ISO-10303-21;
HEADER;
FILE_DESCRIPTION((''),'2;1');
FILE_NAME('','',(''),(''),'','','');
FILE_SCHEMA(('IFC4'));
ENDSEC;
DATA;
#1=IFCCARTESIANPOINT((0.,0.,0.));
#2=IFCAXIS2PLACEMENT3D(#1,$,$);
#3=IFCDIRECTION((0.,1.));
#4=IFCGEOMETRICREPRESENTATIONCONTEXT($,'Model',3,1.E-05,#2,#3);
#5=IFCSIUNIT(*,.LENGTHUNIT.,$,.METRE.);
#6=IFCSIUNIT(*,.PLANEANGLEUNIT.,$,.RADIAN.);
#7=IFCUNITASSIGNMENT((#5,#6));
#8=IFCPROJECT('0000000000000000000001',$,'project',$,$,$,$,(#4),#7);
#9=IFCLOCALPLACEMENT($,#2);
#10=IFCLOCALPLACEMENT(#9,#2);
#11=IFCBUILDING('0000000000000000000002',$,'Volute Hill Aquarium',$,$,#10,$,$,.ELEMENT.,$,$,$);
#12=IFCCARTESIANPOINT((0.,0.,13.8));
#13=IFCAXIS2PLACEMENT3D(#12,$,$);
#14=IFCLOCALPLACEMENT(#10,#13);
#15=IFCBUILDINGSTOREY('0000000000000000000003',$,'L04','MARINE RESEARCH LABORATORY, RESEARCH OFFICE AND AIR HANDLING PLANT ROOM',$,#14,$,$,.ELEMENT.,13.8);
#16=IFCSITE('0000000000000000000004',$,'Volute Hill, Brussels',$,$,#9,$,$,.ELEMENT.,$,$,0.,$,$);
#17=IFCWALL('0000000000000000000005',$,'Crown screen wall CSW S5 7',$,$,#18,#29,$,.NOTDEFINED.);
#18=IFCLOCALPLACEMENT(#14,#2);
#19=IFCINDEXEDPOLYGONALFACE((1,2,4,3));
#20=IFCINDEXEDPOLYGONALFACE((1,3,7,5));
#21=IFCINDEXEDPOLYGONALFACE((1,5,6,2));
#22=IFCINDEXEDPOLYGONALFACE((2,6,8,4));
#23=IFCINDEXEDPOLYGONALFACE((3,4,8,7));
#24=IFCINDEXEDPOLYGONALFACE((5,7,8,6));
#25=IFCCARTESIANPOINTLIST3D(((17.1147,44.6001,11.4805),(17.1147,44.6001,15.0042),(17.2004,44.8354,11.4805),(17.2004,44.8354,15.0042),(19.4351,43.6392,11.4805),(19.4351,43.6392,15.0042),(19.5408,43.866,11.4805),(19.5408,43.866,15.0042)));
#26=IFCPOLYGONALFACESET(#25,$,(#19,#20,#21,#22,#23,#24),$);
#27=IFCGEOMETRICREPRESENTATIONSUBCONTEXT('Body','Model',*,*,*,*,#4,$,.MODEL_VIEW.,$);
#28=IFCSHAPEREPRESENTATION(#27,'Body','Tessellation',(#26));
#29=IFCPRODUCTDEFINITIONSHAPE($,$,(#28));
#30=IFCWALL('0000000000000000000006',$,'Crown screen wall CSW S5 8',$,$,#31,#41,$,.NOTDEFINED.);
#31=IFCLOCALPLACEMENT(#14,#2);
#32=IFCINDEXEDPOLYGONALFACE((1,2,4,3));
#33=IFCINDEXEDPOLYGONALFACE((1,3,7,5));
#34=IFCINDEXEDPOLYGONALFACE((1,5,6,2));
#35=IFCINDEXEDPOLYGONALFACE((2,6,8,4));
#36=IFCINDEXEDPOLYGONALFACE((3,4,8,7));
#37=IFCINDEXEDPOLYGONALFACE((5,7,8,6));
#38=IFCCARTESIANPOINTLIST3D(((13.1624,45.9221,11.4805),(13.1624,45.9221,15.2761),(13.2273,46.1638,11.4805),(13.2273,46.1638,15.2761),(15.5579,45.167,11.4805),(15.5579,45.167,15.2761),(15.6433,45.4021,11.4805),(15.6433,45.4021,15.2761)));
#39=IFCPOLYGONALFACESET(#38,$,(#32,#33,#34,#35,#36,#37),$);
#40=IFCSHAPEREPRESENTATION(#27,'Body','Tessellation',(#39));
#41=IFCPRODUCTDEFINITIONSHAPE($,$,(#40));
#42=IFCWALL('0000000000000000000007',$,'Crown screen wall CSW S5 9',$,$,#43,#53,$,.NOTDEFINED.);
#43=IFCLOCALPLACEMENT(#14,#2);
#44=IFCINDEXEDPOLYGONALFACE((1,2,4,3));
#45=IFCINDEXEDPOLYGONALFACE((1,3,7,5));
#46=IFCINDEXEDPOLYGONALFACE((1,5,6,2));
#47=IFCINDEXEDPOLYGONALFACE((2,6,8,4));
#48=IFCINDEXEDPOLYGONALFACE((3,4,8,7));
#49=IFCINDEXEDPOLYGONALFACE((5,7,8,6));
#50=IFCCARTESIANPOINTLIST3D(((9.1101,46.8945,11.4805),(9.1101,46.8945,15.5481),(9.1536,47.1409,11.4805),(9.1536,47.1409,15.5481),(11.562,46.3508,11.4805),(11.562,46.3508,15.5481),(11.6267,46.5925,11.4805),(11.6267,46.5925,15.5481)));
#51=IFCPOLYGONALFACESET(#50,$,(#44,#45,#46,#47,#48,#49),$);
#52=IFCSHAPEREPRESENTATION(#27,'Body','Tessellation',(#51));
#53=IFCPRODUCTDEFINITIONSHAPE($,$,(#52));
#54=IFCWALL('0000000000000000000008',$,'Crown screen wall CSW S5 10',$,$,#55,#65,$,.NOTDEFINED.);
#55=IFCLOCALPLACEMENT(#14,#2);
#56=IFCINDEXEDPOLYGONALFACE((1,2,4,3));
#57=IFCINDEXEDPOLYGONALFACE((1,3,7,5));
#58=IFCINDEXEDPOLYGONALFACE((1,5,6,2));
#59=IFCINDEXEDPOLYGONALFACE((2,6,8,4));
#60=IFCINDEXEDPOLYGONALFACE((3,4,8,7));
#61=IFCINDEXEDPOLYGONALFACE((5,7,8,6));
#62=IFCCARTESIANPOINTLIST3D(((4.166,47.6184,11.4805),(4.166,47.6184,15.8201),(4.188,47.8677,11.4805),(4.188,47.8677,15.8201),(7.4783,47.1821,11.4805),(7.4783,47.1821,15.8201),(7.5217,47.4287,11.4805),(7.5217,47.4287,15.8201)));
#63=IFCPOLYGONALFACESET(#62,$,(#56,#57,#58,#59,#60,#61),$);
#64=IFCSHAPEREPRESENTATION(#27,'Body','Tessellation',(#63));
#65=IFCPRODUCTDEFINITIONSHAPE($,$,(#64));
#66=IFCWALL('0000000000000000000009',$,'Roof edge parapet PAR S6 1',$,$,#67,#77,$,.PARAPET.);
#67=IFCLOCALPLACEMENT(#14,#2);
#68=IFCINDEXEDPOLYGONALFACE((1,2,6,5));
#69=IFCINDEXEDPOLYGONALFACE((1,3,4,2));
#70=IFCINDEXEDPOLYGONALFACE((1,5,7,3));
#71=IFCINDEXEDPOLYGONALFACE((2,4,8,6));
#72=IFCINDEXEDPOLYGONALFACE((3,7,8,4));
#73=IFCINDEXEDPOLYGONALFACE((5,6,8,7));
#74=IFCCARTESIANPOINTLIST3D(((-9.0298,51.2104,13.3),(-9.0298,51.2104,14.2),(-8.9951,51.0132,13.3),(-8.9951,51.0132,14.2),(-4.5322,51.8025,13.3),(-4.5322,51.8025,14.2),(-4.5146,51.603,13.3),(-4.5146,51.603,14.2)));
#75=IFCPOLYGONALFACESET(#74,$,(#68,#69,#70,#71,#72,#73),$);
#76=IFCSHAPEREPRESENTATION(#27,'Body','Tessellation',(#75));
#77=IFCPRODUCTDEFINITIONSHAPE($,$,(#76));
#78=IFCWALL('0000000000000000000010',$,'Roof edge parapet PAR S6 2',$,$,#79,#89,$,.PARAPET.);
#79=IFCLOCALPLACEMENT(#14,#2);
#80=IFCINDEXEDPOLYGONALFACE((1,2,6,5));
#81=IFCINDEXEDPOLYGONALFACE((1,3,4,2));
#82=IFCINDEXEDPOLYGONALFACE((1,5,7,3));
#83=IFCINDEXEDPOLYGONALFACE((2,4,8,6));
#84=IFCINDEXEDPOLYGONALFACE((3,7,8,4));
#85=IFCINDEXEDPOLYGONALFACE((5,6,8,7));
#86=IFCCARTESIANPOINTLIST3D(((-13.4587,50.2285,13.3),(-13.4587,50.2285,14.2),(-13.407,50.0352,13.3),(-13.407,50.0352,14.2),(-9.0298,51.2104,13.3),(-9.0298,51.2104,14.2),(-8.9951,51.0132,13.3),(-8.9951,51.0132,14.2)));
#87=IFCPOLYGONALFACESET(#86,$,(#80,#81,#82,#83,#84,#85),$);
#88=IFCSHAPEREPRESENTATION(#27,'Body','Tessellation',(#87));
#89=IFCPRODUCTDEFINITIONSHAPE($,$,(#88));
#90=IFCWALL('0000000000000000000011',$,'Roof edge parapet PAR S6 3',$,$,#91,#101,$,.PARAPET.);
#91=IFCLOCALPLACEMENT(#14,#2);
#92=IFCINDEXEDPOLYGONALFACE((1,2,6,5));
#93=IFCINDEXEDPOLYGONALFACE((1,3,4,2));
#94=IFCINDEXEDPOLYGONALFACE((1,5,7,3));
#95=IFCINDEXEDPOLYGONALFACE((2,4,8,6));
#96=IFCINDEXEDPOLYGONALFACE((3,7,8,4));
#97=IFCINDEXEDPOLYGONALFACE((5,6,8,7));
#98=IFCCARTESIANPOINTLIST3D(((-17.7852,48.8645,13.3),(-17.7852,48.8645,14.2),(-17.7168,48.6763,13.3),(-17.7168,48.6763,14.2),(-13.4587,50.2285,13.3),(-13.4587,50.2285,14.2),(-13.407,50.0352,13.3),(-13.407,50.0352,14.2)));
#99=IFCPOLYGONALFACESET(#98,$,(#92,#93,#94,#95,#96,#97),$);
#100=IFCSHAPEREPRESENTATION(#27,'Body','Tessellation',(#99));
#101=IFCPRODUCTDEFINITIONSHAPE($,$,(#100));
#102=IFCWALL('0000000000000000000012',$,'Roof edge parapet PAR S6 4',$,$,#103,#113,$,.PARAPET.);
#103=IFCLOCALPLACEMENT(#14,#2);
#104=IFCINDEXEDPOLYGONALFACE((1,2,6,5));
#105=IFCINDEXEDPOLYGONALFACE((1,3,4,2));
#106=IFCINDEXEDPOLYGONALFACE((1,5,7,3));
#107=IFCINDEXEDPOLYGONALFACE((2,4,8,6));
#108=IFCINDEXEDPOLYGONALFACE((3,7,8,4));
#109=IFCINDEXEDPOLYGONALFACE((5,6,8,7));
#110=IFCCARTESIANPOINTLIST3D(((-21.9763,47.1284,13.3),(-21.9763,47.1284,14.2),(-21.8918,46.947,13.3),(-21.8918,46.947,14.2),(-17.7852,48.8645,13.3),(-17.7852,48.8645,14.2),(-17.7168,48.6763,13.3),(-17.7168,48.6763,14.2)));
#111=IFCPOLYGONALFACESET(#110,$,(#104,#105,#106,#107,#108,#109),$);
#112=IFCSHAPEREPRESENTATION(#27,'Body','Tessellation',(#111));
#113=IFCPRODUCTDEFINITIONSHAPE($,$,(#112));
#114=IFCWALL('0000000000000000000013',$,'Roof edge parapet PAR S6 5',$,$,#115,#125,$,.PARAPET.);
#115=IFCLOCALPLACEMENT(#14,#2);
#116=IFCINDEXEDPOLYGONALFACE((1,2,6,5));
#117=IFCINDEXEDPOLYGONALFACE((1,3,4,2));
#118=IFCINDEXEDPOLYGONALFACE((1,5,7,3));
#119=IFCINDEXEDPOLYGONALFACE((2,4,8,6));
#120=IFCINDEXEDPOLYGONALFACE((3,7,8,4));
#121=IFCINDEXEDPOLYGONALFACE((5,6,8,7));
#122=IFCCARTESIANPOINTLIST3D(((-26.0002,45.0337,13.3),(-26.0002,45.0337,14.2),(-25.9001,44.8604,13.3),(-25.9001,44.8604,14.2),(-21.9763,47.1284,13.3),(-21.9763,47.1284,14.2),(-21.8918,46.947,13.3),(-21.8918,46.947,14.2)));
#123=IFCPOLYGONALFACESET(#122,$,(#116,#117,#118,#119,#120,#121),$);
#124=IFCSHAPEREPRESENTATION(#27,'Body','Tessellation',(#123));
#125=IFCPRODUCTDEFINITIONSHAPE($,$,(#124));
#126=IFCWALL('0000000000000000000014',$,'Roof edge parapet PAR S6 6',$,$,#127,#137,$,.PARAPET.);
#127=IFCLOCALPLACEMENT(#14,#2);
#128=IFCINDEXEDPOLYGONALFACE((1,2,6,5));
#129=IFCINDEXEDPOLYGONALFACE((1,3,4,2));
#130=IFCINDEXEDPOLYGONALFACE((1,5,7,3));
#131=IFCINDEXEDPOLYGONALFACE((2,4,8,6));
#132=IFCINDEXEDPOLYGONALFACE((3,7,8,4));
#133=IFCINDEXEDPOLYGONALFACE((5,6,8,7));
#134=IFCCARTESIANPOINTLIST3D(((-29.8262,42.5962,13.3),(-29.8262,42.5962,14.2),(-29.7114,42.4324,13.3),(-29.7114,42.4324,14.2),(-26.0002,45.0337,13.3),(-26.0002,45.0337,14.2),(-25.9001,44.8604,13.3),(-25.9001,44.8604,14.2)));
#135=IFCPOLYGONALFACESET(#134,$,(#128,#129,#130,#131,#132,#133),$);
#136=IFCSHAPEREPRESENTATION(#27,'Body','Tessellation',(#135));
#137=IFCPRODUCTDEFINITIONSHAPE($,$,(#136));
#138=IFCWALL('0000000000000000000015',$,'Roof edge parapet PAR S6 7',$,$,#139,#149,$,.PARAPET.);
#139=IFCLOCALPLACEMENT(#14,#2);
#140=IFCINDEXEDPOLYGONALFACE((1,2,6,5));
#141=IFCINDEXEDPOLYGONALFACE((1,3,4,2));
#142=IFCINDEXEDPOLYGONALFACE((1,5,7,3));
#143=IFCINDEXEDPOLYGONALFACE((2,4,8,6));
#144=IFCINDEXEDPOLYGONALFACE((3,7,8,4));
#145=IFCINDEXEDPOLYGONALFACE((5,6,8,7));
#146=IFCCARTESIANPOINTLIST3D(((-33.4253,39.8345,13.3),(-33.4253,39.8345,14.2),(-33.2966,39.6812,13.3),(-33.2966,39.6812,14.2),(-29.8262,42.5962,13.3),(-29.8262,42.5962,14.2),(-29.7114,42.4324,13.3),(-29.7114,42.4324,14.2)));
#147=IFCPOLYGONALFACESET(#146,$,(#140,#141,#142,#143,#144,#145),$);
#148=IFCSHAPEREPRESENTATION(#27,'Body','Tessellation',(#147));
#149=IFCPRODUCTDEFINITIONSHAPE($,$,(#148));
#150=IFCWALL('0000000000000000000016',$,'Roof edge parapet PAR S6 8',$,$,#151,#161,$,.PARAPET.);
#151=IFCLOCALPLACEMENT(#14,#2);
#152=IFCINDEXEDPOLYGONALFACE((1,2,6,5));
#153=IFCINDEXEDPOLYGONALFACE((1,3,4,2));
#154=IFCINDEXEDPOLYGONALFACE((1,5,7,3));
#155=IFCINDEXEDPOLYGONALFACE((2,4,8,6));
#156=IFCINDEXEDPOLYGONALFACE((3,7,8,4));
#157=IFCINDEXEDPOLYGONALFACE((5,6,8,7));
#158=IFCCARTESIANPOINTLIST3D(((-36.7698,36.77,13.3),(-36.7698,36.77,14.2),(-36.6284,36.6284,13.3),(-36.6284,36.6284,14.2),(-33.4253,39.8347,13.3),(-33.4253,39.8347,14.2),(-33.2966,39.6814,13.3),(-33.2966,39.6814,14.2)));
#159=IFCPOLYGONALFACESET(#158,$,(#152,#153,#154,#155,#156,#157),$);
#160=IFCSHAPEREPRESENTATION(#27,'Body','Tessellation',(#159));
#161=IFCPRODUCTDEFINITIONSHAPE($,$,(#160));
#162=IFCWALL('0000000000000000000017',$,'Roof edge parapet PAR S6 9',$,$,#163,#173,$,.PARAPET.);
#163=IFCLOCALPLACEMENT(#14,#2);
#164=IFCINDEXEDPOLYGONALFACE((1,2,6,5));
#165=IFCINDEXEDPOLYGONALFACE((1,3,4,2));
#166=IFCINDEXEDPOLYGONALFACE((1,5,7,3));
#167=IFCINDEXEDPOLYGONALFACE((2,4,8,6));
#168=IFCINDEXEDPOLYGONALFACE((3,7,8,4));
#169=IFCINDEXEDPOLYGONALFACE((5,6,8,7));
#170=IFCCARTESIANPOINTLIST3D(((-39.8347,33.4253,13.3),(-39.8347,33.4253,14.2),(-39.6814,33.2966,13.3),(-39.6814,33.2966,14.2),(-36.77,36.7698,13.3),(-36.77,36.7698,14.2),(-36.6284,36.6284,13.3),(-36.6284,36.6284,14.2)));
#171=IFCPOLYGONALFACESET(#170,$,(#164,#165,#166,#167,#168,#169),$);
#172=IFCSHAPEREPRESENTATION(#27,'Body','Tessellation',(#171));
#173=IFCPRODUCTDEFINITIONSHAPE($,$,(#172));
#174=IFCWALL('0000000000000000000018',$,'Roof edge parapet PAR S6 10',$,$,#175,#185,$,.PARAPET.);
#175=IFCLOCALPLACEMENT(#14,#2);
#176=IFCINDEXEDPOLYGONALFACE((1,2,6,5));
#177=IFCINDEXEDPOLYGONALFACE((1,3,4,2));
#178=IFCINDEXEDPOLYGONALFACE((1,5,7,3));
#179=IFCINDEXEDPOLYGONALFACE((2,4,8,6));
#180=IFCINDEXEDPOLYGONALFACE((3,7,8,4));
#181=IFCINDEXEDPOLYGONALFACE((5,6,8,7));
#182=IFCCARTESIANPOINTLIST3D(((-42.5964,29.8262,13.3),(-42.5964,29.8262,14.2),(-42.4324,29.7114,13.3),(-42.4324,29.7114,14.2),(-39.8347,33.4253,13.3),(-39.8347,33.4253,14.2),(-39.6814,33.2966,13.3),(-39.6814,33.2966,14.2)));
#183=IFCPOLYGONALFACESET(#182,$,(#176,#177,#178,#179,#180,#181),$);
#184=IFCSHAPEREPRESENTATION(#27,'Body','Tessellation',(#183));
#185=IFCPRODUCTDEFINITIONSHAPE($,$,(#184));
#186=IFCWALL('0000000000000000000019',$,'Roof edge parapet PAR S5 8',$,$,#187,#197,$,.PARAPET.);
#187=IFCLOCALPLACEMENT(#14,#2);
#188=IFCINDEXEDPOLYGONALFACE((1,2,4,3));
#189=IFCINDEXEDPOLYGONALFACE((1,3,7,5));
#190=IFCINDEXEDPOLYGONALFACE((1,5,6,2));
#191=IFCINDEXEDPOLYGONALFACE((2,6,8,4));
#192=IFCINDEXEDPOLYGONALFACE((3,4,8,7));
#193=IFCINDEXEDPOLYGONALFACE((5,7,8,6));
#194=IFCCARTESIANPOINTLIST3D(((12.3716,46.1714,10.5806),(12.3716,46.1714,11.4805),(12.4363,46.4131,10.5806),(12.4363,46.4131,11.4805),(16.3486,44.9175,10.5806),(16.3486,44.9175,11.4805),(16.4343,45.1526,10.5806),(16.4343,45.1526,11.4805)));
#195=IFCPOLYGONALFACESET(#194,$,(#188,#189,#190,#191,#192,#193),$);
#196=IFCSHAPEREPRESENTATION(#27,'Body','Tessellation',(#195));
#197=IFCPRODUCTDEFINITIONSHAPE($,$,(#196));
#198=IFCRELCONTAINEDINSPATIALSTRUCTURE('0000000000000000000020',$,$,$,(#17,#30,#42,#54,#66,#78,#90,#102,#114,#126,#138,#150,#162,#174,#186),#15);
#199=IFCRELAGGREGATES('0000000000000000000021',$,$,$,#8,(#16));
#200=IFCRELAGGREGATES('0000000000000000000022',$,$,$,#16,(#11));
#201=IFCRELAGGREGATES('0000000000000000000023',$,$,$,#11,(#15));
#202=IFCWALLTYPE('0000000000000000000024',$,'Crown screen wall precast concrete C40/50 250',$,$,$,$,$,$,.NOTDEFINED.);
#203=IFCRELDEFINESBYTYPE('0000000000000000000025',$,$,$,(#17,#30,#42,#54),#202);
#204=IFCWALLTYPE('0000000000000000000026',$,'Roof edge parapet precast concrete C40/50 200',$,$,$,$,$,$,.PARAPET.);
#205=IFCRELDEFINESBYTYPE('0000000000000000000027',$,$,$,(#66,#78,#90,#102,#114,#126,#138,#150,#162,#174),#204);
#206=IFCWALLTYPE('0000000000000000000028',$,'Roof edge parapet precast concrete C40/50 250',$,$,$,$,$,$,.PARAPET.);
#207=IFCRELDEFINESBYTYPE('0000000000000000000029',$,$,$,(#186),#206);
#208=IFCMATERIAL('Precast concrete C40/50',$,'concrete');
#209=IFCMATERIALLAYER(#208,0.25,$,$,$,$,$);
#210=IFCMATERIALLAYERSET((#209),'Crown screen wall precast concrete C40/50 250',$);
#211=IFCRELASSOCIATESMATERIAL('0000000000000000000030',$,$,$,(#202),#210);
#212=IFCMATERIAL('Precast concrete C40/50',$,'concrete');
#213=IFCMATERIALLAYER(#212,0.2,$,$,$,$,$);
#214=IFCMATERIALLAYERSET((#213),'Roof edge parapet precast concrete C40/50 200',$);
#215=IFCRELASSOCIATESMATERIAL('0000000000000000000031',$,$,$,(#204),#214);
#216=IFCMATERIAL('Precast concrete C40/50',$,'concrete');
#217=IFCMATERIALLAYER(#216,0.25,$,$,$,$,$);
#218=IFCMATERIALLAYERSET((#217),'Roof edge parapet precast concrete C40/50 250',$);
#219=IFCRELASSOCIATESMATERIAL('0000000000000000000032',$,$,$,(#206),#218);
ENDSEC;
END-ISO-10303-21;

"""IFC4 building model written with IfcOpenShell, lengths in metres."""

from ifc_helpers import new_model, si_unit, direction, frame, origin, place, context, subcontext, project, spatial, polyline, outline, extrude, material, layer, layer_set, type_object, element, save


model = new_model("IFC4")

# Units and contexts
model_context = context("Model", 3, precision=1e-05, world=origin(), true_north=direction((0.0, 1.0)))
body_context = subcontext(model_context, "Body", "Model", "MODEL_VIEW")
ifc_project = project(units=[si_unit("LENGTHUNIT", "METRE"), si_unit("PLANEANGLEUNIT", "RADIAN")], contexts=[model_context])

# Site, building, storey
site_placement = place(None, origin())
site = spatial("IfcSite", under=ifc_project, at=site_placement, Name="Volute Hill, Brussels", CompositionType="ELEMENT", RefElevation=0.0)
building_placement = place(site_placement, origin())
building = spatial("IfcBuilding", under=site, at=building_placement, Name="Volute Hill Aquarium", CompositionType="ELEMENT")
storey_placement = place(building_placement, frame((0.0, 0.0, 13.8)))
storey = spatial("IfcBuildingStorey", under=building, at=storey_placement, Name="L04", Description="MARINE RESEARCH LABORATORY, RESEARCH OFFICE AND AIR HANDLING PLANT ROOM", CompositionType="ELEMENT", Elevation=13.8)

# Walls
ifc_material_1 = material(Name="Precast concrete C40/50", Category="concrete")
ifc_layer_1 = layer(ifc_material_1, 0.25)
ifc_layer_set_1 = layer_set([ifc_layer_1], Name="Crown screen wall precast concrete C40/50 250")
wall_type_1 = type_object("IfcWallType", Name="Crown screen wall precast concrete C40/50 250", PredefinedType="NOTDEFINED", material=ifc_layer_set_1)
wall_1_placement = place(storey_placement, frame((0.0, 0.0, 11.4805)))
element("IfcWall", 1, at=wall_1_placement, inside=storey, type_object=wall_type_1, Name="Crown screen wall CSW S5 7", PredefinedType="NOTDEFINED", context=body_context, shape_type="SweptSolid", body=[
    extrude(outline(polyline([(19.5408, 43.866), (17.2004, 44.8354), (17.1147, 44.6001), (19.4351, 43.6392), (19.5408, 43.866)])), origin(), (0.0, 0.0, 1.0), 3.5237),
])
wall_2_placement = place(storey_placement, frame((0.0, 0.0, 11.4805)))
element("IfcWall", 2, at=wall_2_placement, inside=storey, type_object=wall_type_1, Name="Crown screen wall CSW S5 8", PredefinedType="NOTDEFINED", context=body_context, shape_type="SweptSolid", body=[
    extrude(outline(polyline([(15.6433, 45.4021), (13.2273, 46.1638), (13.1624, 45.9221), (15.5579, 45.167), (15.6433, 45.4021)])), origin(), (0.0, 0.0, 1.0), 3.7957),
])
wall_3_placement = place(storey_placement, frame((0.0, 0.0, 11.4805)))
element("IfcWall", 3, at=wall_3_placement, inside=storey, type_object=wall_type_1, Name="Crown screen wall CSW S5 9", PredefinedType="NOTDEFINED", context=body_context, shape_type="SweptSolid", body=[
    extrude(outline(polyline([(11.6267, 46.5925), (9.1536, 47.1409), (9.1101, 46.8945), (11.562, 46.3508), (11.6267, 46.5925)])), origin(), (0.0, 0.0, 1.0), 4.0676),
])
wall_4_placement = place(storey_placement, frame((0.0, 0.0, 11.4805)))
element("IfcWall", 4, at=wall_4_placement, inside=storey, type_object=wall_type_1, Name="Crown screen wall CSW S5 10", PredefinedType="NOTDEFINED", context=body_context, shape_type="SweptSolid", body=[
    extrude(outline(polyline([(7.5217, 47.4287), (4.188, 47.8677), (4.166, 47.6184), (7.4783, 47.1821), (7.5217, 47.4287)])), origin(), (0.0, 0.0, 1.0), 4.3396),
])
ifc_material_2 = material(Name="Precast concrete C40/50", Category="concrete")
ifc_layer_2 = layer(ifc_material_2, 0.2)
ifc_layer_set_2 = layer_set([ifc_layer_2], Name="Roof edge parapet precast concrete C40/50 200")
wall_type_2 = type_object("IfcWallType", Name="Roof edge parapet precast concrete C40/50 200", PredefinedType="PARAPET", material=ifc_layer_set_2)
wall_5_placement = place(storey_placement, frame((0.0, 0.0, 13.3)))
element("IfcWall", 5, at=wall_5_placement, inside=storey, type_object=wall_type_2, Name="Roof edge parapet PAR S6 1", PredefinedType="PARAPET", context=body_context, shape_type="SweptSolid", body=[
    extrude(outline(polyline([(-9.0298, 51.2104), (-8.9951, 51.0132), (-4.5146, 51.603), (-4.5322, 51.8025), (-9.0298, 51.2104)])), origin(), (0.0, 0.0, 1.0), 0.8999),
])
wall_6_placement = place(storey_placement, frame((0.0, 0.0, 13.3)))
element("IfcWall", 6, at=wall_6_placement, inside=storey, type_object=wall_type_2, Name="Roof edge parapet PAR S6 2", PredefinedType="PARAPET", context=body_context, shape_type="SweptSolid", body=[
    extrude(outline(polyline([(-8.9951, 51.0132), (-9.0298, 51.2104), (-13.4587, 50.2285), (-13.407, 50.0352), (-8.9951, 51.0132)])), origin(), (0.0, 0.0, 1.0), 0.8999),
])
wall_7_placement = place(storey_placement, frame((0.0, 0.0, 13.3)))
element("IfcWall", 7, at=wall_7_placement, inside=storey, type_object=wall_type_2, Name="Roof edge parapet PAR S6 3", PredefinedType="PARAPET", context=body_context, shape_type="SweptSolid", body=[
    extrude(outline(polyline([(-13.407, 50.0352), (-13.4587, 50.2285), (-17.7852, 48.8645), (-17.7168, 48.6763), (-13.407, 50.0352)])), origin(), (0.0, 0.0, 1.0), 0.8999),
])
wall_8_placement = place(storey_placement, frame((0.0, 0.0, 13.3)))
element("IfcWall", 8, at=wall_8_placement, inside=storey, type_object=wall_type_2, Name="Roof edge parapet PAR S6 4", PredefinedType="PARAPET", context=body_context, shape_type="SweptSolid", body=[
    extrude(outline(polyline([(-17.7168, 48.6763), (-17.7852, 48.8645), (-21.9763, 47.1284), (-21.8918, 46.947), (-17.7168, 48.6763)])), origin(), (0.0, 0.0, 1.0), 0.8999),
])
wall_9_placement = place(storey_placement, frame((0.0, 0.0, 13.3)))
element("IfcWall", 9, at=wall_9_placement, inside=storey, type_object=wall_type_2, Name="Roof edge parapet PAR S6 5", PredefinedType="PARAPET", context=body_context, shape_type="SweptSolid", body=[
    extrude(outline(polyline([(-21.8918, 46.947), (-21.9763, 47.1284), (-26.0002, 45.0337), (-25.9001, 44.8604), (-21.8918, 46.947)])), origin(), (0.0, 0.0, 1.0), 0.8999),
])
wall_10_placement = place(storey_placement, frame((0.0, 0.0, 13.3)))
element("IfcWall", 10, at=wall_10_placement, inside=storey, type_object=wall_type_2, Name="Roof edge parapet PAR S6 6", PredefinedType="PARAPET", context=body_context, shape_type="SweptSolid", body=[
    extrude(outline(polyline([(-25.9001, 44.8604), (-26.0002, 45.0337), (-29.8262, 42.5962), (-29.7114, 42.4324), (-25.9001, 44.8604)])), origin(), (0.0, 0.0, 1.0), 0.8999),
])
wall_11_placement = place(storey_placement, frame((0.0, 0.0, 13.3)))
element("IfcWall", 11, at=wall_11_placement, inside=storey, type_object=wall_type_2, Name="Roof edge parapet PAR S6 7", PredefinedType="PARAPET", context=body_context, shape_type="SweptSolid", body=[
    extrude(outline(polyline([(-29.7114, 42.4324), (-29.8262, 42.5962), (-33.4253, 39.8345), (-33.2966, 39.6812), (-29.7114, 42.4324)])), origin(), (0.0, 0.0, 1.0), 0.8999),
])
wall_12_placement = place(storey_placement, frame((0.0, 0.0, 13.3)))
element("IfcWall", 12, at=wall_12_placement, inside=storey, type_object=wall_type_2, Name="Roof edge parapet PAR S6 8", PredefinedType="PARAPET", context=body_context, shape_type="SweptSolid", body=[
    extrude(outline(polyline([(-33.2966, 39.6814), (-33.4253, 39.8347), (-36.7698, 36.77), (-36.6284, 36.6284), (-33.2966, 39.6814)])), origin(), (0.0, 0.0, 1.0), 0.8999),
])
wall_13_placement = place(storey_placement, frame((0.0, 0.0, 13.3)))
element("IfcWall", 13, at=wall_13_placement, inside=storey, type_object=wall_type_2, Name="Roof edge parapet PAR S6 9", PredefinedType="PARAPET", context=body_context, shape_type="SweptSolid", body=[
    extrude(outline(polyline([(-36.6284, 36.6284), (-36.77, 36.7698), (-39.8347, 33.4253), (-39.6814, 33.2966), (-36.6284, 36.6284)])), origin(), (0.0, 0.0, 1.0), 0.8999),
])
wall_14_placement = place(storey_placement, frame((0.0, 0.0, 13.3)))
element("IfcWall", 14, at=wall_14_placement, inside=storey, type_object=wall_type_2, Name="Roof edge parapet PAR S6 10", PredefinedType="PARAPET", context=body_context, shape_type="SweptSolid", body=[
    extrude(outline(polyline([(-42.5964, 29.8262), (-42.4324, 29.7114), (-39.6814, 33.2966), (-39.8347, 33.4253), (-42.5964, 29.8262)])), origin(), (0.0, 0.0, 1.0), 0.8999),
])
ifc_material_3 = material(Name="Precast concrete C40/50", Category="concrete")
ifc_layer_3 = layer(ifc_material_3, 0.25)
ifc_layer_set_3 = layer_set([ifc_layer_3], Name="Roof edge parapet precast concrete C40/50 250")
wall_type_3 = type_object("IfcWallType", Name="Roof edge parapet precast concrete C40/50 250", PredefinedType="PARAPET", material=ifc_layer_set_3)
wall_15_placement = place(storey_placement, frame((0.0, 0.0, 10.5806)))
element("IfcWall", 15, at=wall_15_placement, inside=storey, type_object=wall_type_3, Name="Roof edge parapet PAR S5 8", PredefinedType="PARAPET", context=body_context, shape_type="SweptSolid", body=[
    extrude(outline(polyline([(16.3486, 44.9175), (16.4343, 45.1526), (12.4363, 46.4131), (12.3716, 46.1714), (16.3486, 44.9175)])), origin(), (0.0, 0.0, 1.0), 0.8999),
])

save(model, "model.ifc")
